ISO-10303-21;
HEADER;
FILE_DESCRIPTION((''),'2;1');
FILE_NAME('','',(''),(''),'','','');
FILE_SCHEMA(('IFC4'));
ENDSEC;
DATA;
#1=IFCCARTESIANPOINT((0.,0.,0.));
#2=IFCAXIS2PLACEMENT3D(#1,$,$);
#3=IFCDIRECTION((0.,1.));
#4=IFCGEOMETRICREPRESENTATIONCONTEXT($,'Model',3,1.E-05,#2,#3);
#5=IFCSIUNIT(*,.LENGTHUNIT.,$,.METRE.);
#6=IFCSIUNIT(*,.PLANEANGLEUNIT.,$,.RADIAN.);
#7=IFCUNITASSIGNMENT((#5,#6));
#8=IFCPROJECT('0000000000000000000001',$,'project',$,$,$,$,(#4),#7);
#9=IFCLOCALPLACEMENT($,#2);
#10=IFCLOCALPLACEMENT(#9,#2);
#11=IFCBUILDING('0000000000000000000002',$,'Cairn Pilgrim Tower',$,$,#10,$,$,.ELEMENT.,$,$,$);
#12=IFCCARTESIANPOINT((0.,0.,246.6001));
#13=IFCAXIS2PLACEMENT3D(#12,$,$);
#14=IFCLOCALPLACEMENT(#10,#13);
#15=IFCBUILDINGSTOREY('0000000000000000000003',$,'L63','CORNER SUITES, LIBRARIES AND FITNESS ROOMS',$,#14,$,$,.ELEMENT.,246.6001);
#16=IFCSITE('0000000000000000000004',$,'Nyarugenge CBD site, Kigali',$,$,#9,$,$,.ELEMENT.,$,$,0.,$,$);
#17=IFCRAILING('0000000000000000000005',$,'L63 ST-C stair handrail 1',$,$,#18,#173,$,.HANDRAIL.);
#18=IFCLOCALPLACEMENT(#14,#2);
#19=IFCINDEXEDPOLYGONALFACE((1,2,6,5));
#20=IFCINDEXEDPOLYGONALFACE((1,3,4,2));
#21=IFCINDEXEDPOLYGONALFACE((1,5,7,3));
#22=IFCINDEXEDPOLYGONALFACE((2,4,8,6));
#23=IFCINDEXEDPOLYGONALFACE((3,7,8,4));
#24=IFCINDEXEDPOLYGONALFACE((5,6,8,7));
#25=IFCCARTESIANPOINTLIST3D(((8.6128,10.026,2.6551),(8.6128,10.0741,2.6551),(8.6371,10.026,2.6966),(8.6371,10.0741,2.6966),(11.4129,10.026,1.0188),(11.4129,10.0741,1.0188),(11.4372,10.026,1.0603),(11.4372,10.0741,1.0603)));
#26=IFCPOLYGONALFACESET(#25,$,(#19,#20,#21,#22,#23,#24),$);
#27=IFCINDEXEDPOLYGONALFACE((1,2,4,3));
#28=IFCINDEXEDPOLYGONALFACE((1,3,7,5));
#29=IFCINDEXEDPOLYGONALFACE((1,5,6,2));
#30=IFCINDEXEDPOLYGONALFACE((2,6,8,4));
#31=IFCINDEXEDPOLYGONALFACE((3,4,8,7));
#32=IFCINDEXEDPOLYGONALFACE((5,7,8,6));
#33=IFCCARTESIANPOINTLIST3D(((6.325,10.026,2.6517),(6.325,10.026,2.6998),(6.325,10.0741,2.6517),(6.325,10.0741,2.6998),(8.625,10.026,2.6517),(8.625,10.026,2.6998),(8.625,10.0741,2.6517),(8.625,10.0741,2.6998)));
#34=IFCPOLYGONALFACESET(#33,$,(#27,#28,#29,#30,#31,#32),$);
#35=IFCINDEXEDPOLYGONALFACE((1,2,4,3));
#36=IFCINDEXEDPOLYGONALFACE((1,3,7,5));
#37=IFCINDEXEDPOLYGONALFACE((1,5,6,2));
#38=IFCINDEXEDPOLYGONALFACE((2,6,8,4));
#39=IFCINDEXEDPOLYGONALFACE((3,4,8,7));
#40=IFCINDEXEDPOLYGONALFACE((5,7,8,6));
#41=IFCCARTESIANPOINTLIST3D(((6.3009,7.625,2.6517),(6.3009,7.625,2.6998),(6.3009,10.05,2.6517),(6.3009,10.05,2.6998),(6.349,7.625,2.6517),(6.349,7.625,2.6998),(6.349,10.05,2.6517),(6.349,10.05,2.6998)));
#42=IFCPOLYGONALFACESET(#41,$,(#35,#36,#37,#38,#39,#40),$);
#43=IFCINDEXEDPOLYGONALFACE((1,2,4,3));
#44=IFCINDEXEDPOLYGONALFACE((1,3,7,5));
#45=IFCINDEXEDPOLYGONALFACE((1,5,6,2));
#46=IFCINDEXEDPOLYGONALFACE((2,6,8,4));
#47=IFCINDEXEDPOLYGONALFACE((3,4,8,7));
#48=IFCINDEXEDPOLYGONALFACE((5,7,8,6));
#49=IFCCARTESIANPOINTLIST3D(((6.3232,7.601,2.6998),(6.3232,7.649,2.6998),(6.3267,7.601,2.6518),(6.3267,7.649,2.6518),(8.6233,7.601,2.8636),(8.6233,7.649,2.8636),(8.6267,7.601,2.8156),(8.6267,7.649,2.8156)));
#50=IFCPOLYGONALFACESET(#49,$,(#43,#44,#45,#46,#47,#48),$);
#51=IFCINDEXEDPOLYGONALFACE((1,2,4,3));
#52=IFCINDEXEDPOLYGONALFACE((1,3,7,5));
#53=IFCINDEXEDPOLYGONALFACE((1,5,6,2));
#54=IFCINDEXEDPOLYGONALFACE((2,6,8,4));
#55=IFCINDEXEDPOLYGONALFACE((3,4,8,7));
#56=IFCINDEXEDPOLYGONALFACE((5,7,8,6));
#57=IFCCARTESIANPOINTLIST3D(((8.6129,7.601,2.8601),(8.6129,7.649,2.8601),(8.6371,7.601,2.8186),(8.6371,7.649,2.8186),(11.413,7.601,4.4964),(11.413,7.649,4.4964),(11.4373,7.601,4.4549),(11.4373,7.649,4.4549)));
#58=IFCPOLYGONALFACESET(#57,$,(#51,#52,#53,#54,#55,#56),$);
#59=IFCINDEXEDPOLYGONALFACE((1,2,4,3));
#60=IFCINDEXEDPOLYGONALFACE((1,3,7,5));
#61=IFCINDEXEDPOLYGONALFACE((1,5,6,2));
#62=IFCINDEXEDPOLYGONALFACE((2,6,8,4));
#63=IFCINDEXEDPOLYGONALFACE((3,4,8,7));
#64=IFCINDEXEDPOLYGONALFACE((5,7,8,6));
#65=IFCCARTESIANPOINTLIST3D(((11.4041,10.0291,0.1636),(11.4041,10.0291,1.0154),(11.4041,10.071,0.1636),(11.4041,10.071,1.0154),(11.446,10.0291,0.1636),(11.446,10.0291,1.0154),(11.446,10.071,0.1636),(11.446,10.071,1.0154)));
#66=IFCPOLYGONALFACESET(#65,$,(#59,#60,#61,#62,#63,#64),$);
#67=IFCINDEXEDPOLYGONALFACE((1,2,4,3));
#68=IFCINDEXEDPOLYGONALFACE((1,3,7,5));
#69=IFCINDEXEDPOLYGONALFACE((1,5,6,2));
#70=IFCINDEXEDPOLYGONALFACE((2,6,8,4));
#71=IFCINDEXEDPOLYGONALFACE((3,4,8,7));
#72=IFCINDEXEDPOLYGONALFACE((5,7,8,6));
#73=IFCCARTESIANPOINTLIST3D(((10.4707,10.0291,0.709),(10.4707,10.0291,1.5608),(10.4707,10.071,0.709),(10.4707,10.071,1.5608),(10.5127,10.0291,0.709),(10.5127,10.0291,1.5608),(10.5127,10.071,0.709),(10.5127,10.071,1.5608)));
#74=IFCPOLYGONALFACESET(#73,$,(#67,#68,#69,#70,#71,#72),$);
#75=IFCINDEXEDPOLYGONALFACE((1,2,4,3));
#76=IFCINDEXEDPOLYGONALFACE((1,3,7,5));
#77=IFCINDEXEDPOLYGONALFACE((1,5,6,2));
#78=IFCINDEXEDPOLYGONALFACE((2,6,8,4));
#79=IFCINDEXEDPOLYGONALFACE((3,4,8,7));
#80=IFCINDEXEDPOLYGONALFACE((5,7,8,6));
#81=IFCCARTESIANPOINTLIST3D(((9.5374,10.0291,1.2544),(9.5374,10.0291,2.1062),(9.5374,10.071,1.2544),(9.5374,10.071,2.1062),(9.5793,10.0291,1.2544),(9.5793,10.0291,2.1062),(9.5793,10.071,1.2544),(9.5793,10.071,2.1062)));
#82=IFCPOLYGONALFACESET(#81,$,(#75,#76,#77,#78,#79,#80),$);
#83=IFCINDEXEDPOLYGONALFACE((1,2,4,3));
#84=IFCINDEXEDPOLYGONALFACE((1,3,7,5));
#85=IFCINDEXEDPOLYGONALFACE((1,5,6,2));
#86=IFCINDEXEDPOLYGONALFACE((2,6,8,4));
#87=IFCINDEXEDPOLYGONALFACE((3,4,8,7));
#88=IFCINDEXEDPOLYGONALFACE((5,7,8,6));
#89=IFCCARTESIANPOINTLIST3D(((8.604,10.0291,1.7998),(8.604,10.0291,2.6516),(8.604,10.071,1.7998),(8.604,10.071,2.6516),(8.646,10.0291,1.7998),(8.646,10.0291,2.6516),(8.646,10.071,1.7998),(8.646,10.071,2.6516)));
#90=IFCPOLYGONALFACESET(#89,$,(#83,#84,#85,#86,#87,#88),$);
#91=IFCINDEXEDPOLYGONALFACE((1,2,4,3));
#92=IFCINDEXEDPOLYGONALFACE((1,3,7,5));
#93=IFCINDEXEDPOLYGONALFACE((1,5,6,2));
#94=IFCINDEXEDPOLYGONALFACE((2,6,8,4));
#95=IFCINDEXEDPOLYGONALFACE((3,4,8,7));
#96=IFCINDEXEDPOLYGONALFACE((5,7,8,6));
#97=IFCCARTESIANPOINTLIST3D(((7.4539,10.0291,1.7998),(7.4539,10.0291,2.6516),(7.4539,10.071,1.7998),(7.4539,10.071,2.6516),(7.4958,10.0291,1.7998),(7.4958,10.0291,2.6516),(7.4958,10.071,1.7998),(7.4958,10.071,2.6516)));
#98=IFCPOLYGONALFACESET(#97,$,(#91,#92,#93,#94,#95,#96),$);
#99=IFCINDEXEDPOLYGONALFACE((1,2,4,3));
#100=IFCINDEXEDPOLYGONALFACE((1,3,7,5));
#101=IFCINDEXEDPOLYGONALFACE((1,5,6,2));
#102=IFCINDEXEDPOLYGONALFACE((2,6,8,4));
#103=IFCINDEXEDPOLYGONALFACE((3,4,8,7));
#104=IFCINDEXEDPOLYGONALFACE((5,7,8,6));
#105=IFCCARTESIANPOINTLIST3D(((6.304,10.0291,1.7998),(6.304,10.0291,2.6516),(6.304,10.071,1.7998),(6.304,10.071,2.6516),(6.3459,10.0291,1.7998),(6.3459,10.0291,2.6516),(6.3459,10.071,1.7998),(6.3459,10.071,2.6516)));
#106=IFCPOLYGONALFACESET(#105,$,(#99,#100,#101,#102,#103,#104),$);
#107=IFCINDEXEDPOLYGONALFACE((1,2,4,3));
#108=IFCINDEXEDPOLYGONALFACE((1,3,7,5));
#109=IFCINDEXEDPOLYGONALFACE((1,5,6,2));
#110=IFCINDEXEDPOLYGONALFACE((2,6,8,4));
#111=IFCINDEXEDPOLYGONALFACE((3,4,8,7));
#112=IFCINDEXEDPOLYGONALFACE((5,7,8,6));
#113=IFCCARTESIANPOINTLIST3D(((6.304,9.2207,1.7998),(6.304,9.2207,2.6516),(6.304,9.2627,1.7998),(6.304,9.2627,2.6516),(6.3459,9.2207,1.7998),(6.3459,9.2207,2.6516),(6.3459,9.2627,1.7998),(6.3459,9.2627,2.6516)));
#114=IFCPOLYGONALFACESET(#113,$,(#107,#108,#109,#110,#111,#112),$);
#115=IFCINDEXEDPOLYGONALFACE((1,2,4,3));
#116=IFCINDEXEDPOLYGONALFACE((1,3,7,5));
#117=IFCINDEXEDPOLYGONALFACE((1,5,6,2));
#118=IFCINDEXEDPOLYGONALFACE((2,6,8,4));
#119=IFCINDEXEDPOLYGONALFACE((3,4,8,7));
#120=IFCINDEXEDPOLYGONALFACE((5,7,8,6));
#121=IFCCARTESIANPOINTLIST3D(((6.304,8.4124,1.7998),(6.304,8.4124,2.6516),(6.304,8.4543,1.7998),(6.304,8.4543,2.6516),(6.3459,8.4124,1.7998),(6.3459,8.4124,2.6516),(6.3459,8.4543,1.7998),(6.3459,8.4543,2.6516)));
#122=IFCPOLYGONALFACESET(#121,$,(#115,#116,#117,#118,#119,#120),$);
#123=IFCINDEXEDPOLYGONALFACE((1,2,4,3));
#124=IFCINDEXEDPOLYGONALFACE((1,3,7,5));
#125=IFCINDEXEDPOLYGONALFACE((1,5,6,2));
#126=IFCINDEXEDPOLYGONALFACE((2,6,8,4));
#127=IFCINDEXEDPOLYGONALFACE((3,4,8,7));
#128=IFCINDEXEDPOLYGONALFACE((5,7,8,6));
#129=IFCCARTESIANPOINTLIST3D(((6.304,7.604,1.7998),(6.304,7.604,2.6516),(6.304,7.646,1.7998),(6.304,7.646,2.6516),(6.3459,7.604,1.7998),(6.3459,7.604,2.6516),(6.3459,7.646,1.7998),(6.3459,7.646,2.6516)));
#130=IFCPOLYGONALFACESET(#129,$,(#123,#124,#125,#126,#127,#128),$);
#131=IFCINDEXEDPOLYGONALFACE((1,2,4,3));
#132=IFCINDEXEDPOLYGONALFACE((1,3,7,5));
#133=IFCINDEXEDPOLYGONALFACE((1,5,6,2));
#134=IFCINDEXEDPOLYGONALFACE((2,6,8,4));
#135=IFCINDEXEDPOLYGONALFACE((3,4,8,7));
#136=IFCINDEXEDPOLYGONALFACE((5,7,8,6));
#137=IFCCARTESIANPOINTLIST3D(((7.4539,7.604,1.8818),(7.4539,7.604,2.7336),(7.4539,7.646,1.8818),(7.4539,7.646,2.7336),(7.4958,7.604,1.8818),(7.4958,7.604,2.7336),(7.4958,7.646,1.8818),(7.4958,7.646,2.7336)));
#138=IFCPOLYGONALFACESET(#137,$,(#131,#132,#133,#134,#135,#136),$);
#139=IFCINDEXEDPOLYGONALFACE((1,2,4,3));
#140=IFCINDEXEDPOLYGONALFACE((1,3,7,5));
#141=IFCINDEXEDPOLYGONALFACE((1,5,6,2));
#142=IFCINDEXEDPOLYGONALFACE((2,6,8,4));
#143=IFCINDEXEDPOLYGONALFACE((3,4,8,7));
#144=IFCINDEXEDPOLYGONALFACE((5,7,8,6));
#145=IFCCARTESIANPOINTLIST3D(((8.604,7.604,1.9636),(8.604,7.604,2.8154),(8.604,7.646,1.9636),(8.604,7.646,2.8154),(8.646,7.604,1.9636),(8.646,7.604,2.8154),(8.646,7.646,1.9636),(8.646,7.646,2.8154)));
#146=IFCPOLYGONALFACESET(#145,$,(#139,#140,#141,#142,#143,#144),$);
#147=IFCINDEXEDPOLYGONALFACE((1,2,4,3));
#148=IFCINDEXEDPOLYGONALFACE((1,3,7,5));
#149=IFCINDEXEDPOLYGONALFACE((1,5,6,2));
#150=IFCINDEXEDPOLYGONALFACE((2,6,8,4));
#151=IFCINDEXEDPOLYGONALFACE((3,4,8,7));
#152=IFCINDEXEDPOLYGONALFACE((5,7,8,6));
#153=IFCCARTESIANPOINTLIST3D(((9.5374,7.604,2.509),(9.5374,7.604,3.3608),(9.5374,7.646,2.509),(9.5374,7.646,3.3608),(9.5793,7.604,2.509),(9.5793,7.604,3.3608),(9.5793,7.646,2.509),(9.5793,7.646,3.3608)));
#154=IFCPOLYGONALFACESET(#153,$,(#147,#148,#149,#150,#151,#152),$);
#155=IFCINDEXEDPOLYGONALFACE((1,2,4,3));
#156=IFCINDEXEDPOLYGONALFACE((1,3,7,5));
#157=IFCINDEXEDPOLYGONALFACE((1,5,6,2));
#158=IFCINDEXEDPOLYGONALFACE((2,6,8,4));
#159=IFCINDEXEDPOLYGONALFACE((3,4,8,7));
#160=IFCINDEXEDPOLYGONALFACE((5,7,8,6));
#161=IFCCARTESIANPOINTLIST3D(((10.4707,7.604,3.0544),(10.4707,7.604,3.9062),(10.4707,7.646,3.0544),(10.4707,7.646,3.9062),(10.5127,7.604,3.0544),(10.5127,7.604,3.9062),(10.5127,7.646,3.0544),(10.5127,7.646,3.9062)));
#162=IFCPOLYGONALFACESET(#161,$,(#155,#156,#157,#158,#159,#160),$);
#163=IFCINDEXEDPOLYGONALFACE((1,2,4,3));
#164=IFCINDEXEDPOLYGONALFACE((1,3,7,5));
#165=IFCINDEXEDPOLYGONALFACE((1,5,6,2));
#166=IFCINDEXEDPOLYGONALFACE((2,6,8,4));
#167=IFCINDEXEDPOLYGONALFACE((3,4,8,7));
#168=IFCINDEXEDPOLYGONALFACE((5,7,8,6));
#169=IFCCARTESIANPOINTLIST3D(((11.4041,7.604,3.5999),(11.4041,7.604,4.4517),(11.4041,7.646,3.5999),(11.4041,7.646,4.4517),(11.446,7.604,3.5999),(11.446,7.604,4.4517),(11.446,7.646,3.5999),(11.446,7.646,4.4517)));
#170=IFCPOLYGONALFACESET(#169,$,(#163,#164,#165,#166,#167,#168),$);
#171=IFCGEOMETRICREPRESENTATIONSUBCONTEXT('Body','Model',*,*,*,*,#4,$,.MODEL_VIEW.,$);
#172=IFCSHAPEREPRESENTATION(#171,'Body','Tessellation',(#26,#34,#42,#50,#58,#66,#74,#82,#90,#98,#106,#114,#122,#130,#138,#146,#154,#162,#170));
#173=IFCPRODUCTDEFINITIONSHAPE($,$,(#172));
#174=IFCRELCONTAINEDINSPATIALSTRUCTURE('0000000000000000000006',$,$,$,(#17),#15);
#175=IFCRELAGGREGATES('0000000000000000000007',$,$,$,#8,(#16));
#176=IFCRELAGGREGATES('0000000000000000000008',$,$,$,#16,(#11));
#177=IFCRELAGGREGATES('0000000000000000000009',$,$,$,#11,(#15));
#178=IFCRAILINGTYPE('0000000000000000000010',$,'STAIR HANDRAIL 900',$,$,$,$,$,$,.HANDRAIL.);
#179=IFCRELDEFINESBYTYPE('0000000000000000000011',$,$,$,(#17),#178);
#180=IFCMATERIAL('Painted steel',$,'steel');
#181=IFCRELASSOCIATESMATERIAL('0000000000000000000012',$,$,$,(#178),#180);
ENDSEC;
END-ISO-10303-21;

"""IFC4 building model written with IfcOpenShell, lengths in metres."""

from ifc_helpers import new_model, si_unit, direction, frame, origin, origin_2d, place, context, subcontext, project, spatial, rectangle, extrude, material, type_object, element, save


model = new_model("IFC4")

# Units and contexts
model_context = context("Model", 3, precision=1e-05, world=origin(), true_north=direction((0.0, 1.0)))
body_context = subcontext(model_context, "Body", "Model", "MODEL_VIEW")
ifc_project = project(units=[si_unit("LENGTHUNIT", "METRE"), si_unit("PLANEANGLEUNIT", "RADIAN")], contexts=[model_context])

# Site, building, storey
site_placement = place(None, origin())
site = spatial("IfcSite", under=ifc_project, at=site_placement, Name="Nyarugenge CBD site, Kigali", CompositionType="ELEMENT", RefElevation=0.0)
building_placement = place(site_placement, origin())
building = spatial("IfcBuilding", under=site, at=building_placement, Name="Cairn Pilgrim Tower", CompositionType="ELEMENT")
storey_placement = place(building_placement, frame((0.0, 0.0, 246.6001)))
storey = spatial("IfcBuildingStorey", under=building, at=storey_placement, Name="L63", Description="CORNER SUITES, LIBRARIES AND FITNESS ROOMS", CompositionType="ELEMENT", Elevation=246.6001)

# Shared definitions
ifc_material_1 = material(Name="Painted steel", Category="steel")

# Railing
railing_type_1 = type_object("IfcRailingType", Name="STAIR HANDRAIL 900", PredefinedType="HANDRAIL", material=ifc_material_1)
railing_1_placement = place(storey_placement, frame((11.425, 10.05, 0.1636)))
element("IfcRailing", 1, at=railing_1_placement, inside=storey, type_object=railing_type_1, Name="L63 ST-C stair handrail 1", PredefinedType="HANDRAIL", context=body_context, shape_type="SweptSolid", body=[
    extrude(rectangle(XDim=0.0481, YDim=0.0481, at=origin_2d()), frame((0.0, 0.0, 0.876), z_axis=(-0.863394, 0.0, 0.504531), x_axis=(0.0, -1.0, 0.0)), (0.0, 0.0, 1.0), 3.2432),
    extrude(rectangle(XDim=0.0481, YDim=0.0481, at=origin_2d()), frame((-2.8, 0.0, 2.5122), z_axis=(-1.0, 0.0, 0.0), x_axis=(0.0, -1.0, 0.0)), (0.0, 0.0, 1.0), 2.3),
    extrude(rectangle(XDim=0.0481, YDim=0.0481, at=origin_2d()), frame((-5.1001, 0.0, 2.5122), z_axis=(0.0, -1.0, 0.0), x_axis=(1.0, 0.0, 0.0)), (0.0, 0.0, 1.0), 2.425),
    extrude(rectangle(XDim=0.0481, YDim=0.0481, at=origin_2d()), frame((-5.1001, -2.425, 2.5122), z_axis=(0.997473, 0.0, 0.071044), x_axis=(0.0, 1.0, 0.0)), (0.0, 0.0, 1.0), 2.3059),
    extrude(rectangle(XDim=0.0481, YDim=0.0481, at=origin_2d()), frame((-2.8, -2.425, 2.6758), z_axis=(0.863394, 0.0, 0.504531), x_axis=(0.0, 1.0, 0.0)), (0.0, 0.0, 1.0), 3.2432),
    extrude(rectangle(XDim=0.042, YDim=0.042, at=origin_2d()), origin(), (0.0, 0.0, 1.0), 0.8518),
    extrude(rectangle(XDim=0.042, YDim=0.042, at=origin_2d()), frame((-0.9333, 0.0, 0.5454)), (0.0, 0.0, 1.0), 0.8518),
    extrude(rectangle(XDim=0.042, YDim=0.042, at=origin_2d()), frame((-1.8667, 0.0, 1.0908)), (0.0, 0.0, 1.0), 0.8518),
    extrude(rectangle(XDim=0.042, YDim=0.042, at=origin_2d()), frame((-2.8, 0.0, 1.6362)), (0.0, 0.0, 1.0), 0.8518),
    extrude(rectangle(XDim=0.042, YDim=0.042, at=origin_2d()), frame((-3.9502, 0.0, 1.6362)), (0.0, 0.0, 1.0), 0.8518),
    extrude(rectangle(XDim=0.042, YDim=0.042, at=origin_2d()), frame((-5.1001, 0.0, 1.6362)), (0.0, 0.0, 1.0), 0.8518),
    extrude(rectangle(XDim=0.042, YDim=0.042, at=origin_2d()), frame((-5.1001, -0.8083, 1.6362)), (0.0, 0.0, 1.0), 0.8518),
    extrude(rectangle(XDim=0.042, YDim=0.042, at=origin_2d()), frame((-5.1001, -1.6167, 1.6362)), (0.0, 0.0, 1.0), 0.8518),
    extrude(rectangle(XDim=0.042, YDim=0.042, at=origin_2d()), frame((-5.1001, -2.425, 1.6362)), (0.0, 0.0, 1.0), 0.8518),
    extrude(rectangle(XDim=0.042, YDim=0.042, at=origin_2d()), frame((-3.9502, -2.425, 1.7183)), (0.0, 0.0, 1.0), 0.8518),
    extrude(rectangle(XDim=0.042, YDim=0.042, at=origin_2d()), frame((-2.8, -2.425, 1.8)), (0.0, 0.0, 1.0), 0.8518),
    extrude(rectangle(XDim=0.042, YDim=0.042, at=origin_2d()), frame((-1.8667, -2.425, 2.3455)), (0.0, 0.0, 1.0), 0.8518),
    extrude(rectangle(XDim=0.042, YDim=0.042, at=origin_2d()), frame((-0.9333, -2.425, 2.8909)), (0.0, 0.0, 1.0), 0.8518),
    extrude(rectangle(XDim=0.042, YDim=0.042, at=origin_2d()), frame((0.0, -2.425, 3.4363)), (0.0, 0.0, 1.0), 0.8518),
])

save(model, "model.ifc")
